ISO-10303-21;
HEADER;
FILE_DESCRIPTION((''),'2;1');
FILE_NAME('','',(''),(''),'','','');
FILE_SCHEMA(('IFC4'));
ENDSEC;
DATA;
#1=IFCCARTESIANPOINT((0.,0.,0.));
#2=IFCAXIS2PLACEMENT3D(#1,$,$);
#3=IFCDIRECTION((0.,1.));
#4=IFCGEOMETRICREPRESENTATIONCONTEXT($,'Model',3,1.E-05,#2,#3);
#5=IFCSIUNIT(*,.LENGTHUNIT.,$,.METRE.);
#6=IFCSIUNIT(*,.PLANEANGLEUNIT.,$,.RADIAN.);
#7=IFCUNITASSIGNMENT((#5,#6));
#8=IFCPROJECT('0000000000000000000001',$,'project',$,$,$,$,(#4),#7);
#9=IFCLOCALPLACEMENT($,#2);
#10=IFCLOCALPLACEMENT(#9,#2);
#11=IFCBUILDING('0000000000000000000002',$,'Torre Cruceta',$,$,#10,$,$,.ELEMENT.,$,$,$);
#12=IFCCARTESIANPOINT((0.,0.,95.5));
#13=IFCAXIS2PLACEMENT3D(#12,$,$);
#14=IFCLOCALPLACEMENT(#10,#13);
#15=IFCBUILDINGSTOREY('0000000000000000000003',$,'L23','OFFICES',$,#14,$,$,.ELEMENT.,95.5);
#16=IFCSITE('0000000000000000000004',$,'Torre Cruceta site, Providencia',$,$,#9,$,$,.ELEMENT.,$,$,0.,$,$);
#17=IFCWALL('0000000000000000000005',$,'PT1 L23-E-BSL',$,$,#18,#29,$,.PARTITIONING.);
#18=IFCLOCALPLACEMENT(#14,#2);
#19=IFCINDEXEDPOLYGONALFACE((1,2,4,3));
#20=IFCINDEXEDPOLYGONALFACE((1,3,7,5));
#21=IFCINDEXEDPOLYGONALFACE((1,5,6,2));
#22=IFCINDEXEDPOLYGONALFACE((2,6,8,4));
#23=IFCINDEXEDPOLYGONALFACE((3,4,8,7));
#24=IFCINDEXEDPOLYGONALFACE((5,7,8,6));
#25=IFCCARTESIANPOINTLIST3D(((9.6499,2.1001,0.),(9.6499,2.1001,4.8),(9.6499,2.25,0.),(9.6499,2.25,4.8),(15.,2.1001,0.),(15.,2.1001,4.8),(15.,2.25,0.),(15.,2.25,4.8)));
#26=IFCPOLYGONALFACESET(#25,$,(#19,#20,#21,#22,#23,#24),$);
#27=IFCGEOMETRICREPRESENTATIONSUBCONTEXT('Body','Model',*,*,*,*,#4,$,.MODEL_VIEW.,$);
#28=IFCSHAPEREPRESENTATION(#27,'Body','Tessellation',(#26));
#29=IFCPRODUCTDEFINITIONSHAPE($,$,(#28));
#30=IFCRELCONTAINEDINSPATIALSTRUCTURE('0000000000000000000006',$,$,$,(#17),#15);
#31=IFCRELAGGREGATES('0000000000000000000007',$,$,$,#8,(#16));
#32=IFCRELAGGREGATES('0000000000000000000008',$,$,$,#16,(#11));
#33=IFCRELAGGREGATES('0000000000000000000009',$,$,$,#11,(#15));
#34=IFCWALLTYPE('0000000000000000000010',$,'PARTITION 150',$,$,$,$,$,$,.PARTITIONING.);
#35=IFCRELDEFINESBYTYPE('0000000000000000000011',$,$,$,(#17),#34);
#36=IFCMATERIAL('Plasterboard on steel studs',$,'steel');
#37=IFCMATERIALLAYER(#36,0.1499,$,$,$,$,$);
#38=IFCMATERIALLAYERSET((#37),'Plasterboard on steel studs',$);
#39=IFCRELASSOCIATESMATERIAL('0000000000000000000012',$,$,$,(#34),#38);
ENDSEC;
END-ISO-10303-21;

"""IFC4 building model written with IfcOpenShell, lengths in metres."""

from ifc_helpers import new_model, si_unit, direction, frame, frame_2d, origin, place, context, subcontext, project, spatial, rectangle, extrude, material, layer, layer_set, type_object, element, save


model = new_model("IFC4")

# Units and contexts
model_context = context("Model", 3, precision=1e-05, world=origin(), true_north=direction((0.0, 1.0)))
body_context = subcontext(model_context, "Body", "Model", "MODEL_VIEW")
ifc_project = project(units=[si_unit("LENGTHUNIT", "METRE"), si_unit("PLANEANGLEUNIT", "RADIAN")], contexts=[model_context])

# Site, building, storey
site_placement = place(None, origin())
site = spatial("IfcSite", under=ifc_project, at=site_placement, Name="Torre Cruceta site, Providencia", CompositionType="ELEMENT", RefElevation=0.0)
building_placement = place(site_placement, origin())
building = spatial("IfcBuilding", under=site, at=building_placement, Name="Torre Cruceta", CompositionType="ELEMENT")
storey_placement = place(building_placement, frame((0.0, 0.0, 95.5)))
storey = spatial("IfcBuildingStorey", under=building, at=storey_placement, Name="L23", Description="OFFICES", CompositionType="ELEMENT", Elevation=95.5)

# Wall
ifc_material_1 = material(Name="Plasterboard on steel studs", Category="steel")
ifc_layer_1 = layer(ifc_material_1, 0.1499)
ifc_layer_set_1 = layer_set([ifc_layer_1], Name="Plasterboard on steel studs")
wall_type_1 = type_object("IfcWallType", Name="PARTITION 150", PredefinedType="PARTITIONING", material=ifc_layer_set_1)
wall_1_placement = place(storey_placement, frame((9.6499, 2.175, 0.0), z_axis=(0.0, 0.0, 1.0), x_axis=(1.0, 0.0, 0.0)))
element("IfcWall", 1, at=wall_1_placement, inside=storey, type_object=wall_type_1, Name="PT1 L23-E-BSL", PredefinedType="PARTITIONING", context=body_context, shape_type="SweptSolid", body=[
    extrude(rectangle(XDim=5.3501, YDim=0.1499, at=frame_2d((2.675, 0.0))), origin(), (0.0, 0.0, 1.0), 4.8),
])

save(model, "model.ifc")
